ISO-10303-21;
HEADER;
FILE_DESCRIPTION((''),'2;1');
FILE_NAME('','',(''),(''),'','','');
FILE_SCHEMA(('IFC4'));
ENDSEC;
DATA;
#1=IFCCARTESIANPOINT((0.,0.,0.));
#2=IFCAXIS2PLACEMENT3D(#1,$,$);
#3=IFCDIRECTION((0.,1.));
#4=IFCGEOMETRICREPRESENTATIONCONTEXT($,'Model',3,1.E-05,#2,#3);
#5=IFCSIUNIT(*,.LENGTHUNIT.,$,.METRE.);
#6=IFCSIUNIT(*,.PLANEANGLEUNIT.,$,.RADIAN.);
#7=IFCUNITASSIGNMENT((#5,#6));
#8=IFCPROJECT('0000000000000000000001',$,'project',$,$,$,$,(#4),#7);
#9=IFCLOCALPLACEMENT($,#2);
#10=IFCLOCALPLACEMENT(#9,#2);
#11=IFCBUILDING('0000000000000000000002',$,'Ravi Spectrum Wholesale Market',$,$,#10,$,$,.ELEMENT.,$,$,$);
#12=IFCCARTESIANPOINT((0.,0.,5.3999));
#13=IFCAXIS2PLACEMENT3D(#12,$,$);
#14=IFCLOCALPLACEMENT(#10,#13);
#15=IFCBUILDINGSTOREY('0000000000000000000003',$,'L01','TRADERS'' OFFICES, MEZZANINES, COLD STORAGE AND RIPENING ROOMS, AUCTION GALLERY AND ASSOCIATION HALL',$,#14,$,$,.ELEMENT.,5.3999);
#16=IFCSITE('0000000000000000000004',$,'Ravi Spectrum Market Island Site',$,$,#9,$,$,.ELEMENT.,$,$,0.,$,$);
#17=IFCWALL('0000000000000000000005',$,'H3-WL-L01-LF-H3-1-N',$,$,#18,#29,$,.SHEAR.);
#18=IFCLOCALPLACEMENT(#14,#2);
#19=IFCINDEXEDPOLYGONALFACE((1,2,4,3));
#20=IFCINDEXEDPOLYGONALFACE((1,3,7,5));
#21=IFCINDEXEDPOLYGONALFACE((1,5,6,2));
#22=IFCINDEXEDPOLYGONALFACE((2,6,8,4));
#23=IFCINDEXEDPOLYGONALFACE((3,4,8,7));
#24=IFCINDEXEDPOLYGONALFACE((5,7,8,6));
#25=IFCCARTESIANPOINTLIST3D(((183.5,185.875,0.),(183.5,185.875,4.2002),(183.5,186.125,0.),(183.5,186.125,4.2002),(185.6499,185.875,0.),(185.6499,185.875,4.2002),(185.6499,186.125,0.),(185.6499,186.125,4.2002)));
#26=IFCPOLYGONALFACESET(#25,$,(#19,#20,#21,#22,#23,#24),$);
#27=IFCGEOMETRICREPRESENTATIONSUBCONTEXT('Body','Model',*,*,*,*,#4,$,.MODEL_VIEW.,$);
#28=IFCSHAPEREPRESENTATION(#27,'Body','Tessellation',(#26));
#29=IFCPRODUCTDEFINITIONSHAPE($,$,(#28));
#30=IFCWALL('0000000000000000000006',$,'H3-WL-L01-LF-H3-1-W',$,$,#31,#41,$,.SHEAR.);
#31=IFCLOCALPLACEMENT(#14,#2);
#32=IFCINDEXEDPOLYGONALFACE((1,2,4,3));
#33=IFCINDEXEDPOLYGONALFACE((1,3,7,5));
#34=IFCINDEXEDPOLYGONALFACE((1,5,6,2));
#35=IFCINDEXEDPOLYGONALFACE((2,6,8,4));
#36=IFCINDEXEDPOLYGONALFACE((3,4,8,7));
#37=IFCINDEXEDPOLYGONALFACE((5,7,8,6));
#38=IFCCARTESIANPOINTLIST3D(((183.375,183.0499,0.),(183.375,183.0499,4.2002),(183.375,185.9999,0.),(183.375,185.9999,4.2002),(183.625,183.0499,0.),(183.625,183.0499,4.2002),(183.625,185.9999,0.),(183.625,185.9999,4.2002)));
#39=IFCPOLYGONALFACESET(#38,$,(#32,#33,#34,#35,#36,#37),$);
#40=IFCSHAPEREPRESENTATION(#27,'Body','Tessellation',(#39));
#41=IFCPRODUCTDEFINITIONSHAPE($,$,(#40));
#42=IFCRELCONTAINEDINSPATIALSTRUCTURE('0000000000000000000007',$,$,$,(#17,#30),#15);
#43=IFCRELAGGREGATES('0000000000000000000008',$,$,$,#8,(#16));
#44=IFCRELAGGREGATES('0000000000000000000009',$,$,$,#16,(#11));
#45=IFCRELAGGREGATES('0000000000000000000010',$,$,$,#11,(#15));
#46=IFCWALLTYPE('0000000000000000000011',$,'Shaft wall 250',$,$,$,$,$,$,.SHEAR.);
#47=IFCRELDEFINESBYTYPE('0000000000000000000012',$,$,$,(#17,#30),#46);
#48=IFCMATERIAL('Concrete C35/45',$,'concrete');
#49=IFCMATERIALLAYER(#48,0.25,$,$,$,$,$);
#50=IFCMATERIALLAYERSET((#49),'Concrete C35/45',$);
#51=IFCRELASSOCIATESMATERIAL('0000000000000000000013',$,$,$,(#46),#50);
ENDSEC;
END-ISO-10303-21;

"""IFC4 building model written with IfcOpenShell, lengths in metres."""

from ifc_helpers import new_model, si_unit, direction, frame, frame_2d, origin, place, context, subcontext, project, spatial, rectangle, extrude, material, layer, layer_set, type_object, element, save


model = new_model("IFC4")

# Units and contexts
model_context = context("Model", 3, precision=1e-05, world=origin(), true_north=direction((0.0, 1.0)))
body_context = subcontext(model_context, "Body", "Model", "MODEL_VIEW")
ifc_project = project(units=[si_unit("LENGTHUNIT", "METRE"), si_unit("PLANEANGLEUNIT", "RADIAN")], contexts=[model_context])

# Site, building, storey
site_placement = place(None, origin())
site = spatial("IfcSite", under=ifc_project, at=site_placement, Name="Ravi Spectrum Market Island Site", CompositionType="ELEMENT", RefElevation=0.0)
building_placement = place(site_placement, origin())
building = spatial("IfcBuilding", under=site, at=building_placement, Name="Ravi Spectrum Wholesale Market", CompositionType="ELEMENT")
storey_placement = place(building_placement, frame((0.0, 0.0, 5.3999)))
storey = spatial("IfcBuildingStorey", under=building, at=storey_placement, Name="L01", Description="TRADERS' OFFICES, MEZZANINES, COLD STORAGE AND RIPENING ROOMS, AUCTION GALLERY AND ASSOCIATION HALL", CompositionType="ELEMENT", Elevation=5.3999)

# Walls
ifc_material_1 = material(Name="Concrete C35/45", Category="concrete")
ifc_layer_1 = layer(ifc_material_1, 0.25)
ifc_layer_set_1 = layer_set([ifc_layer_1], Name="Concrete C35/45")
wall_type_1 = type_object("IfcWallType", Name="Shaft wall 250", PredefinedType="SHEAR", material=ifc_layer_set_1)
wall_1_placement = place(storey_placement, frame((185.6499, 186.0, 0.0), z_axis=(0.0, 0.0, 1.0), x_axis=(-1.0, 0.0, 0.0)))
element("IfcWall", 1, at=wall_1_placement, inside=storey, type_object=wall_type_1, Name="H3-WL-L01-LF-H3-1-N", PredefinedType="SHEAR", context=body_context, shape_type="SweptSolid", body=[
    extrude(rectangle(XDim=2.1499, YDim=0.25, at=frame_2d((1.075, 0.0))), origin(), (0.0, 0.0, 1.0), 4.2002),
])
wall_2_placement = place(storey_placement, frame((183.5, 186.0, 0.0), z_axis=(0.0, 0.0, 1.0), x_axis=(0.0, -1.0, 0.0)))
element("IfcWall", 2, at=wall_2_placement, inside=storey, type_object=wall_type_1, Name="H3-WL-L01-LF-H3-1-W", PredefinedType="SHEAR", context=body_context, shape_type="SweptSolid", body=[
    extrude(rectangle(XDim=2.95, YDim=0.25, at=frame_2d((1.4751, 0.0))), origin(), (0.0, 0.0, 1.0), 4.2002),
])

save(model, "model.ifc")
